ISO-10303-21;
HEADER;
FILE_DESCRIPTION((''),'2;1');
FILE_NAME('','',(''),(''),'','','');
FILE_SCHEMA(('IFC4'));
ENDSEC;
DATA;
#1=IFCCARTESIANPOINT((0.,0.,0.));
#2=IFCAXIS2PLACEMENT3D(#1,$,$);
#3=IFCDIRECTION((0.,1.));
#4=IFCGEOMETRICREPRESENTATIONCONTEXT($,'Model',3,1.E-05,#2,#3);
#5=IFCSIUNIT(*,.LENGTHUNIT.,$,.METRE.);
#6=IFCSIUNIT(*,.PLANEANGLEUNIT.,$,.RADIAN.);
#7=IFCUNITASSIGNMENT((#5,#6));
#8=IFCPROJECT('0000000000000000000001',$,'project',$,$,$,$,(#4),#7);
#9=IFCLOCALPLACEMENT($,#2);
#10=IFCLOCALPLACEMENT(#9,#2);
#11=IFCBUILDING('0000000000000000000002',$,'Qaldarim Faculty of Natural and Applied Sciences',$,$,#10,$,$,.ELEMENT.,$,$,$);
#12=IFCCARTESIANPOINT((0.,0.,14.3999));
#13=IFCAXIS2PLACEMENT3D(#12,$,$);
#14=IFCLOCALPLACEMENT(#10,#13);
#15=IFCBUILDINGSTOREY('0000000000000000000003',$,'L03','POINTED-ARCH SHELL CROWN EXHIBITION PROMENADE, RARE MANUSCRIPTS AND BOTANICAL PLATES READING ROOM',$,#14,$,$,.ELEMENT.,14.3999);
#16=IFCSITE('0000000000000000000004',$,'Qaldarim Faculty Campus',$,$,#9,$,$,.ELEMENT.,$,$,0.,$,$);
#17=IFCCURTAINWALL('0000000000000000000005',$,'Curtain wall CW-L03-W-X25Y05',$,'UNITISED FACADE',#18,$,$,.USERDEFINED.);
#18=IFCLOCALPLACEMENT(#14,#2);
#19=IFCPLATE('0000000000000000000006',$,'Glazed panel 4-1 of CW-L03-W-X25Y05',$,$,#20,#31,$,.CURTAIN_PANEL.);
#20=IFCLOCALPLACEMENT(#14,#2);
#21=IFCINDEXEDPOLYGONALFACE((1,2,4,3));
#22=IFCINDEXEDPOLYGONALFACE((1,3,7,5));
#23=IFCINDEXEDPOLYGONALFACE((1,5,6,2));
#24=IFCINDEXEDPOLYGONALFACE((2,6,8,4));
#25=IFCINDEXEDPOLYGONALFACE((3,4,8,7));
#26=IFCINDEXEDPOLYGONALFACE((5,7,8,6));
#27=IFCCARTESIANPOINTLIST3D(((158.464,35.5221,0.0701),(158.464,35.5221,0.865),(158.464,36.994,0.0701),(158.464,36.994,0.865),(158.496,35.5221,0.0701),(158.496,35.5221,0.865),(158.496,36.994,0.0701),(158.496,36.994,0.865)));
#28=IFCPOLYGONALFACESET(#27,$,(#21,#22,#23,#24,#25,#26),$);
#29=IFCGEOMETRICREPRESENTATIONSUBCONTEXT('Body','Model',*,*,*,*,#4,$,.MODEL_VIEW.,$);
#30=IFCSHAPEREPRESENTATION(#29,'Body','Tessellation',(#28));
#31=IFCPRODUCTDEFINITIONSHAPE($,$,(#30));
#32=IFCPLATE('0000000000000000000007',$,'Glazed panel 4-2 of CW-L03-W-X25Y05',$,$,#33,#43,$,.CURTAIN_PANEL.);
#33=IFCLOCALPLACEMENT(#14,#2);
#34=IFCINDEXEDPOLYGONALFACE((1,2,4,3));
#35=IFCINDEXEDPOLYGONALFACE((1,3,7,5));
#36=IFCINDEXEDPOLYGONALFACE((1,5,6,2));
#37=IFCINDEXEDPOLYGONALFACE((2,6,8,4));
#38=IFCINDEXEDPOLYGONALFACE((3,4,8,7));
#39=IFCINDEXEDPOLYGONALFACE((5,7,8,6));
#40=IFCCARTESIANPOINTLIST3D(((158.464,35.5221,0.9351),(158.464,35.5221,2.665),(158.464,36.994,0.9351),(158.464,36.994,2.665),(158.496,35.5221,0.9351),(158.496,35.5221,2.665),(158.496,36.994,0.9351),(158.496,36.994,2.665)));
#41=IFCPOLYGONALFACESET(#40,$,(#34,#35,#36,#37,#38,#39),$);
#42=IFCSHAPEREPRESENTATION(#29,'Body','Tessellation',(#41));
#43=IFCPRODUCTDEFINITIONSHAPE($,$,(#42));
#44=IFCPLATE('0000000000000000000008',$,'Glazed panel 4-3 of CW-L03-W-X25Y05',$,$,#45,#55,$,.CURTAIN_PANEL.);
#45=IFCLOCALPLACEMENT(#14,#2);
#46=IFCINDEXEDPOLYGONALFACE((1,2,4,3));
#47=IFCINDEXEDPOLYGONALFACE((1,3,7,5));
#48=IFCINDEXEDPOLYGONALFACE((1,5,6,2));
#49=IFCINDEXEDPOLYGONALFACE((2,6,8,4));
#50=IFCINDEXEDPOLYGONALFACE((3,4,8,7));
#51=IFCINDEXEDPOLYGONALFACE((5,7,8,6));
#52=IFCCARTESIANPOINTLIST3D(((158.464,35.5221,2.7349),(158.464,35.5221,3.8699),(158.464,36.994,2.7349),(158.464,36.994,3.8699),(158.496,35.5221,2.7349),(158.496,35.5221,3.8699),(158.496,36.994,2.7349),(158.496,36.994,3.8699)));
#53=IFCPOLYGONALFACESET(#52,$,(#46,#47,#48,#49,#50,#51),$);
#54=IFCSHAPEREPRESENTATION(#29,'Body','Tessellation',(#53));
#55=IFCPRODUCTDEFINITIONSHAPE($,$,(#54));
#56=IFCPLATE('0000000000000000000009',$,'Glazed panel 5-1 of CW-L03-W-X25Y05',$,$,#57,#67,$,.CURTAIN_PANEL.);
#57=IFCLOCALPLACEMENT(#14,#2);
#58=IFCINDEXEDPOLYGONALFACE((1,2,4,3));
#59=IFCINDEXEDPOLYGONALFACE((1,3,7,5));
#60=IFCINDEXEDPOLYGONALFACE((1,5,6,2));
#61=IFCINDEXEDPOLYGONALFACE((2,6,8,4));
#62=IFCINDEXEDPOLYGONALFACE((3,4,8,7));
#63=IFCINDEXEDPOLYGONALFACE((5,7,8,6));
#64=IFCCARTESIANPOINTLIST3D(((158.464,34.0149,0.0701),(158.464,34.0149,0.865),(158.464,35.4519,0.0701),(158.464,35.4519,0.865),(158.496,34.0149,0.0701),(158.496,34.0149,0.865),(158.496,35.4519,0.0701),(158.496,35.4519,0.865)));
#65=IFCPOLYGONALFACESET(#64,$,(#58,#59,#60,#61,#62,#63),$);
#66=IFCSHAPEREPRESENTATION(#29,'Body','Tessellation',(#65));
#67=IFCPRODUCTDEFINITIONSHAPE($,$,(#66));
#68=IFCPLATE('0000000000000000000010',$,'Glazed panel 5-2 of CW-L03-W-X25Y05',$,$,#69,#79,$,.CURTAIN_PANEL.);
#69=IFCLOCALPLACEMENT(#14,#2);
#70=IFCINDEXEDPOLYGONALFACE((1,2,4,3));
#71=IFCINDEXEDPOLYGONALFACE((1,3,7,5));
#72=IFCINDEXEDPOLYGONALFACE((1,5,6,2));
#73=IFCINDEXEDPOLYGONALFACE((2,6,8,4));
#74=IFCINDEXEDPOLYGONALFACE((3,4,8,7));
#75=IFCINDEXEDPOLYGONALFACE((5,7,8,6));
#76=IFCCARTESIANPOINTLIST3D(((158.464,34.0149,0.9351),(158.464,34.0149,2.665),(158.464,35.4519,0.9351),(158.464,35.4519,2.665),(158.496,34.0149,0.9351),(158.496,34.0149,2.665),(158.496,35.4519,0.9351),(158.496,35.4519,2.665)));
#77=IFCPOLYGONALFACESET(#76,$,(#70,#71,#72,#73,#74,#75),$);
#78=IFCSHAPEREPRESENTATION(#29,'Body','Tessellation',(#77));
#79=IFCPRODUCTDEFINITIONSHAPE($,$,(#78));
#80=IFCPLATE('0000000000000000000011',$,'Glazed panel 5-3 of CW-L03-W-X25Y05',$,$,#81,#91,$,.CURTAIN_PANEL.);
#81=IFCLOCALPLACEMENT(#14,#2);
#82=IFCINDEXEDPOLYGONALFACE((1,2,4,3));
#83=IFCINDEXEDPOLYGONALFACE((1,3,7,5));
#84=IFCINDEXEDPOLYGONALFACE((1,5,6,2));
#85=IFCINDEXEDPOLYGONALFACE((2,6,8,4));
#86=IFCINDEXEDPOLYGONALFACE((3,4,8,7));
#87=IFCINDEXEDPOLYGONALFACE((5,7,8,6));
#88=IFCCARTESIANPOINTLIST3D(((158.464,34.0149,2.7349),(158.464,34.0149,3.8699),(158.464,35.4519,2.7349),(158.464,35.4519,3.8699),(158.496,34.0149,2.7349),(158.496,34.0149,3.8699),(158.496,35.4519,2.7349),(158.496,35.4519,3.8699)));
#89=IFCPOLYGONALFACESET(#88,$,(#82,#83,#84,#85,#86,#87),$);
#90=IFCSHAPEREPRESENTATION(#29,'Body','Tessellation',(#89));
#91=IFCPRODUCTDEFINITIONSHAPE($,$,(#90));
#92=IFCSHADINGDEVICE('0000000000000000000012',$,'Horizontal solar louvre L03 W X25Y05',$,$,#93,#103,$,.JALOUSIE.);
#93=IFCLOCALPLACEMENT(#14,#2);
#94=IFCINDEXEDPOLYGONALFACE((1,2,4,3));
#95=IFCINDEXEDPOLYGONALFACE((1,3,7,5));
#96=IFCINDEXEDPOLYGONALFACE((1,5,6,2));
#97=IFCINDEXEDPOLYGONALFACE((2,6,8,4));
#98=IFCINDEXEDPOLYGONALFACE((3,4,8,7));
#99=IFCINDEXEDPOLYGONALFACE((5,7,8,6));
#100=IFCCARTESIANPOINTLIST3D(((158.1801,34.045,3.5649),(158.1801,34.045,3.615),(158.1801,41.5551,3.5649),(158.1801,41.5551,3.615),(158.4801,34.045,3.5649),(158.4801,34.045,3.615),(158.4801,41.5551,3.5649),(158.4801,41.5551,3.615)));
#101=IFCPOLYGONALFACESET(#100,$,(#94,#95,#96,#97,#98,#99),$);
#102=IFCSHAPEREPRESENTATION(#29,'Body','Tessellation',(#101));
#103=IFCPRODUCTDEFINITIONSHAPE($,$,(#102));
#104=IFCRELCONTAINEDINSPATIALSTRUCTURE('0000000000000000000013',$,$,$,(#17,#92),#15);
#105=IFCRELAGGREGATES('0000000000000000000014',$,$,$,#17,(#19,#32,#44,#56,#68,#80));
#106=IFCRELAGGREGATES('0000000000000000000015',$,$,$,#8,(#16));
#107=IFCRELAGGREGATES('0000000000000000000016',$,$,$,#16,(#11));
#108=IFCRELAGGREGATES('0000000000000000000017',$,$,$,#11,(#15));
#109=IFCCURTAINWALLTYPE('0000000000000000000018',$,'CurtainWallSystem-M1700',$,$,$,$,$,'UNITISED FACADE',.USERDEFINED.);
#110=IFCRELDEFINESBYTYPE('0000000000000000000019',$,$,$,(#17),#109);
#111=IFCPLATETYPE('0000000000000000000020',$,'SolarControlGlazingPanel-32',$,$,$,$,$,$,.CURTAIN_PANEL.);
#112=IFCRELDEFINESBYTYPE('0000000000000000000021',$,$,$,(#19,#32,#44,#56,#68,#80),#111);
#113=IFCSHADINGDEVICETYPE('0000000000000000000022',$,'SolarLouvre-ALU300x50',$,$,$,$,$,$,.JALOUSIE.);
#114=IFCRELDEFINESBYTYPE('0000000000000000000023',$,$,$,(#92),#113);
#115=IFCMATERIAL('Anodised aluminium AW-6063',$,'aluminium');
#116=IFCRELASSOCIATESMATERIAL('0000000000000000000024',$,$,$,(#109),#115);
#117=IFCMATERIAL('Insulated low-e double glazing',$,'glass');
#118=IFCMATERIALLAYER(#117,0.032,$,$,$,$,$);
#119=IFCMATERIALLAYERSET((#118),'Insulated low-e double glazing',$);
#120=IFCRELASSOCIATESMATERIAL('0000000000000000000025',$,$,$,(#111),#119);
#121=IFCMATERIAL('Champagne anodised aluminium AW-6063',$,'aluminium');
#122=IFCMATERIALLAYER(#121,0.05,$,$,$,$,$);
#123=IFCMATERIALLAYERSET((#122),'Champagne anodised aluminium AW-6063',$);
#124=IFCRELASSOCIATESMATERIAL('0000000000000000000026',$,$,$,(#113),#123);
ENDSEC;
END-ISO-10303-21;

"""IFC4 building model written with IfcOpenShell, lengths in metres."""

from ifc_helpers import new_model, si_unit, direction, frame, origin, origin_2d, place, context, subcontext, project, spatial, rectangle, extrude, material, layer, layer_set, type_object, element, aggregate, save


model = new_model("IFC4")

# Units and contexts
model_context = context("Model", 3, precision=1e-05, world=origin(), true_north=direction((0.0, 1.0)))
body_context = subcontext(model_context, "Body", "Model", "MODEL_VIEW")
ifc_project = project(units=[si_unit("LENGTHUNIT", "METRE"), si_unit("PLANEANGLEUNIT", "RADIAN")], contexts=[model_context])

# Site, building, storey
site_placement = place(None, origin())
site = spatial("IfcSite", under=ifc_project, at=site_placement, Name="Qaldarim Faculty Campus", CompositionType="ELEMENT", RefElevation=0.0)
building_placement = place(site_placement, origin())
building = spatial("IfcBuilding", under=site, at=building_placement, Name="Qaldarim Faculty of Natural and Applied Sciences", CompositionType="ELEMENT")
storey_placement = place(building_placement, frame((0.0, 0.0, 14.3999)))
storey = spatial("IfcBuildingStorey", under=building, at=storey_placement, Name="L03", Description="POINTED-ARCH SHELL CROWN EXHIBITION PROMENADE, RARE MANUSCRIPTS AND BOTANICAL PLATES READING ROOM", CompositionType="ELEMENT", Elevation=14.3999)

# Curtain wall
ifc_material_1 = material(Name="Anodised aluminium AW-6063", Category="aluminium")
curtain_wall_type = type_object("IfcCurtainWallType", Name="CurtainWallSystem-M1700", ElementType="UNITISED FACADE", PredefinedType="USERDEFINED", material=ifc_material_1)
curtain_wall_placement = place(storey_placement, origin())
curtain_wall = element("IfcCurtainWall", 1, at=curtain_wall_placement, inside=storey, type_object=curtain_wall_type, Name="Curtain wall CW-L03-W-X25Y05", ObjectType="UNITISED FACADE", PredefinedType="USERDEFINED")

# Plates
ifc_material_2 = material(Name="Insulated low-e double glazing", Category="glass")
ifc_layer_1 = layer(ifc_material_2, 0.032)
ifc_layer_set_1 = layer_set([ifc_layer_1], Name="Insulated low-e double glazing")
plate_type = type_object("IfcPlateType", Name="SolarControlGlazingPanel-32", PredefinedType="CURTAIN_PANEL", material=ifc_layer_set_1)
plate_1_placement = place(storey_placement, frame((158.48, 36.2581, 0.0701), z_axis=(0.0, 0.0, 1.0), x_axis=(0.0, -1.0, 0.0)))
plate_1 = element("IfcPlate", 2, at=plate_1_placement, type_object=plate_type, Name="Glazed panel 4-1 of CW-L03-W-X25Y05", PredefinedType="CURTAIN_PANEL", context=body_context, shape_type="SweptSolid", body=[
    extrude(rectangle(XDim=1.4719, YDim=0.032, at=origin_2d()), origin(), (0.0, 0.0, 1.0), 0.7949),
])
plate_2_placement = place(storey_placement, frame((158.48, 36.2581, 0.9351), z_axis=(0.0, 0.0, 1.0), x_axis=(0.0, -1.0, 0.0)))
plate_2 = element("IfcPlate", 3, at=plate_2_placement, type_object=plate_type, Name="Glazed panel 4-2 of CW-L03-W-X25Y05", PredefinedType="CURTAIN_PANEL", context=body_context, shape_type="SweptSolid", body=[
    extrude(rectangle(XDim=1.4719, YDim=0.032, at=origin_2d()), origin(), (0.0, 0.0, 1.0), 1.73),
])
plate_3_placement = place(storey_placement, frame((158.48, 36.2581, 2.7349), z_axis=(0.0, 0.0, 1.0), x_axis=(0.0, -1.0, 0.0)))
plate_3 = element("IfcPlate", 4, at=plate_3_placement, type_object=plate_type, Name="Glazed panel 4-3 of CW-L03-W-X25Y05", PredefinedType="CURTAIN_PANEL", context=body_context, shape_type="SweptSolid", body=[
    extrude(rectangle(XDim=1.4719, YDim=0.032, at=origin_2d()), origin(), (0.0, 0.0, 1.0), 1.135),
])
plate_4_placement = place(storey_placement, frame((158.48, 34.7334, 0.0701), z_axis=(0.0, 0.0, 1.0), x_axis=(0.0, -1.0, 0.0)))
plate_4 = element("IfcPlate", 5, at=plate_4_placement, type_object=plate_type, Name="Glazed panel 5-1 of CW-L03-W-X25Y05", PredefinedType="CURTAIN_PANEL", context=body_context, shape_type="SweptSolid", body=[
    extrude(rectangle(XDim=1.437, YDim=0.032, at=origin_2d()), origin(), (0.0, 0.0, 1.0), 0.7949),
])
plate_5_placement = place(storey_placement, frame((158.48, 34.7334, 0.9351), z_axis=(0.0, 0.0, 1.0), x_axis=(0.0, -1.0, 0.0)))
plate_5 = element("IfcPlate", 6, at=plate_5_placement, type_object=plate_type, Name="Glazed panel 5-2 of CW-L03-W-X25Y05", PredefinedType="CURTAIN_PANEL", context=body_context, shape_type="SweptSolid", body=[
    extrude(rectangle(XDim=1.437, YDim=0.032, at=origin_2d()), origin(), (0.0, 0.0, 1.0), 1.73),
])
plate_6_placement = place(storey_placement, frame((158.48, 34.7334, 2.7349), z_axis=(0.0, 0.0, 1.0), x_axis=(0.0, -1.0, 0.0)))
plate_6 = element("IfcPlate", 7, at=plate_6_placement, type_object=plate_type, Name="Glazed panel 5-3 of CW-L03-W-X25Y05", PredefinedType="CURTAIN_PANEL", context=body_context, shape_type="SweptSolid", body=[
    extrude(rectangle(XDim=1.437, YDim=0.032, at=origin_2d()), origin(), (0.0, 0.0, 1.0), 1.135),
])
aggregate(curtain_wall, [plate_1, plate_2, plate_3, plate_4, plate_5, plate_6])

# Shading device
ifc_material_3 = material(Name="Champagne anodised aluminium AW-6063", Category="aluminium")
ifc_layer_2 = layer(ifc_material_3, 0.05)
ifc_layer_set_2 = layer_set([ifc_layer_2], Name="Champagne anodised aluminium AW-6063")
shading_device_type = type_object("IfcShadingDeviceType", Name="SolarLouvre-ALU300x50", PredefinedType="JALOUSIE", material=ifc_layer_set_2)
shading_device_placement = place(storey_placement, frame((158.3301, 37.8, 3.5649), z_axis=(0.0, 0.0, 1.0), x_axis=(0.0, 1.0, 0.0)))
element("IfcShadingDevice", 8, at=shading_device_placement, inside=storey, type_object=shading_device_type, Name="Horizontal solar louvre L03 W X25Y05", PredefinedType="JALOUSIE", context=body_context, shape_type="SweptSolid", body=[
    extrude(rectangle(XDim=7.51, YDim=0.3, at=origin_2d()), origin(), (0.0, 0.0, 1.0), 0.05),
])

save(model, "model.ifc")
